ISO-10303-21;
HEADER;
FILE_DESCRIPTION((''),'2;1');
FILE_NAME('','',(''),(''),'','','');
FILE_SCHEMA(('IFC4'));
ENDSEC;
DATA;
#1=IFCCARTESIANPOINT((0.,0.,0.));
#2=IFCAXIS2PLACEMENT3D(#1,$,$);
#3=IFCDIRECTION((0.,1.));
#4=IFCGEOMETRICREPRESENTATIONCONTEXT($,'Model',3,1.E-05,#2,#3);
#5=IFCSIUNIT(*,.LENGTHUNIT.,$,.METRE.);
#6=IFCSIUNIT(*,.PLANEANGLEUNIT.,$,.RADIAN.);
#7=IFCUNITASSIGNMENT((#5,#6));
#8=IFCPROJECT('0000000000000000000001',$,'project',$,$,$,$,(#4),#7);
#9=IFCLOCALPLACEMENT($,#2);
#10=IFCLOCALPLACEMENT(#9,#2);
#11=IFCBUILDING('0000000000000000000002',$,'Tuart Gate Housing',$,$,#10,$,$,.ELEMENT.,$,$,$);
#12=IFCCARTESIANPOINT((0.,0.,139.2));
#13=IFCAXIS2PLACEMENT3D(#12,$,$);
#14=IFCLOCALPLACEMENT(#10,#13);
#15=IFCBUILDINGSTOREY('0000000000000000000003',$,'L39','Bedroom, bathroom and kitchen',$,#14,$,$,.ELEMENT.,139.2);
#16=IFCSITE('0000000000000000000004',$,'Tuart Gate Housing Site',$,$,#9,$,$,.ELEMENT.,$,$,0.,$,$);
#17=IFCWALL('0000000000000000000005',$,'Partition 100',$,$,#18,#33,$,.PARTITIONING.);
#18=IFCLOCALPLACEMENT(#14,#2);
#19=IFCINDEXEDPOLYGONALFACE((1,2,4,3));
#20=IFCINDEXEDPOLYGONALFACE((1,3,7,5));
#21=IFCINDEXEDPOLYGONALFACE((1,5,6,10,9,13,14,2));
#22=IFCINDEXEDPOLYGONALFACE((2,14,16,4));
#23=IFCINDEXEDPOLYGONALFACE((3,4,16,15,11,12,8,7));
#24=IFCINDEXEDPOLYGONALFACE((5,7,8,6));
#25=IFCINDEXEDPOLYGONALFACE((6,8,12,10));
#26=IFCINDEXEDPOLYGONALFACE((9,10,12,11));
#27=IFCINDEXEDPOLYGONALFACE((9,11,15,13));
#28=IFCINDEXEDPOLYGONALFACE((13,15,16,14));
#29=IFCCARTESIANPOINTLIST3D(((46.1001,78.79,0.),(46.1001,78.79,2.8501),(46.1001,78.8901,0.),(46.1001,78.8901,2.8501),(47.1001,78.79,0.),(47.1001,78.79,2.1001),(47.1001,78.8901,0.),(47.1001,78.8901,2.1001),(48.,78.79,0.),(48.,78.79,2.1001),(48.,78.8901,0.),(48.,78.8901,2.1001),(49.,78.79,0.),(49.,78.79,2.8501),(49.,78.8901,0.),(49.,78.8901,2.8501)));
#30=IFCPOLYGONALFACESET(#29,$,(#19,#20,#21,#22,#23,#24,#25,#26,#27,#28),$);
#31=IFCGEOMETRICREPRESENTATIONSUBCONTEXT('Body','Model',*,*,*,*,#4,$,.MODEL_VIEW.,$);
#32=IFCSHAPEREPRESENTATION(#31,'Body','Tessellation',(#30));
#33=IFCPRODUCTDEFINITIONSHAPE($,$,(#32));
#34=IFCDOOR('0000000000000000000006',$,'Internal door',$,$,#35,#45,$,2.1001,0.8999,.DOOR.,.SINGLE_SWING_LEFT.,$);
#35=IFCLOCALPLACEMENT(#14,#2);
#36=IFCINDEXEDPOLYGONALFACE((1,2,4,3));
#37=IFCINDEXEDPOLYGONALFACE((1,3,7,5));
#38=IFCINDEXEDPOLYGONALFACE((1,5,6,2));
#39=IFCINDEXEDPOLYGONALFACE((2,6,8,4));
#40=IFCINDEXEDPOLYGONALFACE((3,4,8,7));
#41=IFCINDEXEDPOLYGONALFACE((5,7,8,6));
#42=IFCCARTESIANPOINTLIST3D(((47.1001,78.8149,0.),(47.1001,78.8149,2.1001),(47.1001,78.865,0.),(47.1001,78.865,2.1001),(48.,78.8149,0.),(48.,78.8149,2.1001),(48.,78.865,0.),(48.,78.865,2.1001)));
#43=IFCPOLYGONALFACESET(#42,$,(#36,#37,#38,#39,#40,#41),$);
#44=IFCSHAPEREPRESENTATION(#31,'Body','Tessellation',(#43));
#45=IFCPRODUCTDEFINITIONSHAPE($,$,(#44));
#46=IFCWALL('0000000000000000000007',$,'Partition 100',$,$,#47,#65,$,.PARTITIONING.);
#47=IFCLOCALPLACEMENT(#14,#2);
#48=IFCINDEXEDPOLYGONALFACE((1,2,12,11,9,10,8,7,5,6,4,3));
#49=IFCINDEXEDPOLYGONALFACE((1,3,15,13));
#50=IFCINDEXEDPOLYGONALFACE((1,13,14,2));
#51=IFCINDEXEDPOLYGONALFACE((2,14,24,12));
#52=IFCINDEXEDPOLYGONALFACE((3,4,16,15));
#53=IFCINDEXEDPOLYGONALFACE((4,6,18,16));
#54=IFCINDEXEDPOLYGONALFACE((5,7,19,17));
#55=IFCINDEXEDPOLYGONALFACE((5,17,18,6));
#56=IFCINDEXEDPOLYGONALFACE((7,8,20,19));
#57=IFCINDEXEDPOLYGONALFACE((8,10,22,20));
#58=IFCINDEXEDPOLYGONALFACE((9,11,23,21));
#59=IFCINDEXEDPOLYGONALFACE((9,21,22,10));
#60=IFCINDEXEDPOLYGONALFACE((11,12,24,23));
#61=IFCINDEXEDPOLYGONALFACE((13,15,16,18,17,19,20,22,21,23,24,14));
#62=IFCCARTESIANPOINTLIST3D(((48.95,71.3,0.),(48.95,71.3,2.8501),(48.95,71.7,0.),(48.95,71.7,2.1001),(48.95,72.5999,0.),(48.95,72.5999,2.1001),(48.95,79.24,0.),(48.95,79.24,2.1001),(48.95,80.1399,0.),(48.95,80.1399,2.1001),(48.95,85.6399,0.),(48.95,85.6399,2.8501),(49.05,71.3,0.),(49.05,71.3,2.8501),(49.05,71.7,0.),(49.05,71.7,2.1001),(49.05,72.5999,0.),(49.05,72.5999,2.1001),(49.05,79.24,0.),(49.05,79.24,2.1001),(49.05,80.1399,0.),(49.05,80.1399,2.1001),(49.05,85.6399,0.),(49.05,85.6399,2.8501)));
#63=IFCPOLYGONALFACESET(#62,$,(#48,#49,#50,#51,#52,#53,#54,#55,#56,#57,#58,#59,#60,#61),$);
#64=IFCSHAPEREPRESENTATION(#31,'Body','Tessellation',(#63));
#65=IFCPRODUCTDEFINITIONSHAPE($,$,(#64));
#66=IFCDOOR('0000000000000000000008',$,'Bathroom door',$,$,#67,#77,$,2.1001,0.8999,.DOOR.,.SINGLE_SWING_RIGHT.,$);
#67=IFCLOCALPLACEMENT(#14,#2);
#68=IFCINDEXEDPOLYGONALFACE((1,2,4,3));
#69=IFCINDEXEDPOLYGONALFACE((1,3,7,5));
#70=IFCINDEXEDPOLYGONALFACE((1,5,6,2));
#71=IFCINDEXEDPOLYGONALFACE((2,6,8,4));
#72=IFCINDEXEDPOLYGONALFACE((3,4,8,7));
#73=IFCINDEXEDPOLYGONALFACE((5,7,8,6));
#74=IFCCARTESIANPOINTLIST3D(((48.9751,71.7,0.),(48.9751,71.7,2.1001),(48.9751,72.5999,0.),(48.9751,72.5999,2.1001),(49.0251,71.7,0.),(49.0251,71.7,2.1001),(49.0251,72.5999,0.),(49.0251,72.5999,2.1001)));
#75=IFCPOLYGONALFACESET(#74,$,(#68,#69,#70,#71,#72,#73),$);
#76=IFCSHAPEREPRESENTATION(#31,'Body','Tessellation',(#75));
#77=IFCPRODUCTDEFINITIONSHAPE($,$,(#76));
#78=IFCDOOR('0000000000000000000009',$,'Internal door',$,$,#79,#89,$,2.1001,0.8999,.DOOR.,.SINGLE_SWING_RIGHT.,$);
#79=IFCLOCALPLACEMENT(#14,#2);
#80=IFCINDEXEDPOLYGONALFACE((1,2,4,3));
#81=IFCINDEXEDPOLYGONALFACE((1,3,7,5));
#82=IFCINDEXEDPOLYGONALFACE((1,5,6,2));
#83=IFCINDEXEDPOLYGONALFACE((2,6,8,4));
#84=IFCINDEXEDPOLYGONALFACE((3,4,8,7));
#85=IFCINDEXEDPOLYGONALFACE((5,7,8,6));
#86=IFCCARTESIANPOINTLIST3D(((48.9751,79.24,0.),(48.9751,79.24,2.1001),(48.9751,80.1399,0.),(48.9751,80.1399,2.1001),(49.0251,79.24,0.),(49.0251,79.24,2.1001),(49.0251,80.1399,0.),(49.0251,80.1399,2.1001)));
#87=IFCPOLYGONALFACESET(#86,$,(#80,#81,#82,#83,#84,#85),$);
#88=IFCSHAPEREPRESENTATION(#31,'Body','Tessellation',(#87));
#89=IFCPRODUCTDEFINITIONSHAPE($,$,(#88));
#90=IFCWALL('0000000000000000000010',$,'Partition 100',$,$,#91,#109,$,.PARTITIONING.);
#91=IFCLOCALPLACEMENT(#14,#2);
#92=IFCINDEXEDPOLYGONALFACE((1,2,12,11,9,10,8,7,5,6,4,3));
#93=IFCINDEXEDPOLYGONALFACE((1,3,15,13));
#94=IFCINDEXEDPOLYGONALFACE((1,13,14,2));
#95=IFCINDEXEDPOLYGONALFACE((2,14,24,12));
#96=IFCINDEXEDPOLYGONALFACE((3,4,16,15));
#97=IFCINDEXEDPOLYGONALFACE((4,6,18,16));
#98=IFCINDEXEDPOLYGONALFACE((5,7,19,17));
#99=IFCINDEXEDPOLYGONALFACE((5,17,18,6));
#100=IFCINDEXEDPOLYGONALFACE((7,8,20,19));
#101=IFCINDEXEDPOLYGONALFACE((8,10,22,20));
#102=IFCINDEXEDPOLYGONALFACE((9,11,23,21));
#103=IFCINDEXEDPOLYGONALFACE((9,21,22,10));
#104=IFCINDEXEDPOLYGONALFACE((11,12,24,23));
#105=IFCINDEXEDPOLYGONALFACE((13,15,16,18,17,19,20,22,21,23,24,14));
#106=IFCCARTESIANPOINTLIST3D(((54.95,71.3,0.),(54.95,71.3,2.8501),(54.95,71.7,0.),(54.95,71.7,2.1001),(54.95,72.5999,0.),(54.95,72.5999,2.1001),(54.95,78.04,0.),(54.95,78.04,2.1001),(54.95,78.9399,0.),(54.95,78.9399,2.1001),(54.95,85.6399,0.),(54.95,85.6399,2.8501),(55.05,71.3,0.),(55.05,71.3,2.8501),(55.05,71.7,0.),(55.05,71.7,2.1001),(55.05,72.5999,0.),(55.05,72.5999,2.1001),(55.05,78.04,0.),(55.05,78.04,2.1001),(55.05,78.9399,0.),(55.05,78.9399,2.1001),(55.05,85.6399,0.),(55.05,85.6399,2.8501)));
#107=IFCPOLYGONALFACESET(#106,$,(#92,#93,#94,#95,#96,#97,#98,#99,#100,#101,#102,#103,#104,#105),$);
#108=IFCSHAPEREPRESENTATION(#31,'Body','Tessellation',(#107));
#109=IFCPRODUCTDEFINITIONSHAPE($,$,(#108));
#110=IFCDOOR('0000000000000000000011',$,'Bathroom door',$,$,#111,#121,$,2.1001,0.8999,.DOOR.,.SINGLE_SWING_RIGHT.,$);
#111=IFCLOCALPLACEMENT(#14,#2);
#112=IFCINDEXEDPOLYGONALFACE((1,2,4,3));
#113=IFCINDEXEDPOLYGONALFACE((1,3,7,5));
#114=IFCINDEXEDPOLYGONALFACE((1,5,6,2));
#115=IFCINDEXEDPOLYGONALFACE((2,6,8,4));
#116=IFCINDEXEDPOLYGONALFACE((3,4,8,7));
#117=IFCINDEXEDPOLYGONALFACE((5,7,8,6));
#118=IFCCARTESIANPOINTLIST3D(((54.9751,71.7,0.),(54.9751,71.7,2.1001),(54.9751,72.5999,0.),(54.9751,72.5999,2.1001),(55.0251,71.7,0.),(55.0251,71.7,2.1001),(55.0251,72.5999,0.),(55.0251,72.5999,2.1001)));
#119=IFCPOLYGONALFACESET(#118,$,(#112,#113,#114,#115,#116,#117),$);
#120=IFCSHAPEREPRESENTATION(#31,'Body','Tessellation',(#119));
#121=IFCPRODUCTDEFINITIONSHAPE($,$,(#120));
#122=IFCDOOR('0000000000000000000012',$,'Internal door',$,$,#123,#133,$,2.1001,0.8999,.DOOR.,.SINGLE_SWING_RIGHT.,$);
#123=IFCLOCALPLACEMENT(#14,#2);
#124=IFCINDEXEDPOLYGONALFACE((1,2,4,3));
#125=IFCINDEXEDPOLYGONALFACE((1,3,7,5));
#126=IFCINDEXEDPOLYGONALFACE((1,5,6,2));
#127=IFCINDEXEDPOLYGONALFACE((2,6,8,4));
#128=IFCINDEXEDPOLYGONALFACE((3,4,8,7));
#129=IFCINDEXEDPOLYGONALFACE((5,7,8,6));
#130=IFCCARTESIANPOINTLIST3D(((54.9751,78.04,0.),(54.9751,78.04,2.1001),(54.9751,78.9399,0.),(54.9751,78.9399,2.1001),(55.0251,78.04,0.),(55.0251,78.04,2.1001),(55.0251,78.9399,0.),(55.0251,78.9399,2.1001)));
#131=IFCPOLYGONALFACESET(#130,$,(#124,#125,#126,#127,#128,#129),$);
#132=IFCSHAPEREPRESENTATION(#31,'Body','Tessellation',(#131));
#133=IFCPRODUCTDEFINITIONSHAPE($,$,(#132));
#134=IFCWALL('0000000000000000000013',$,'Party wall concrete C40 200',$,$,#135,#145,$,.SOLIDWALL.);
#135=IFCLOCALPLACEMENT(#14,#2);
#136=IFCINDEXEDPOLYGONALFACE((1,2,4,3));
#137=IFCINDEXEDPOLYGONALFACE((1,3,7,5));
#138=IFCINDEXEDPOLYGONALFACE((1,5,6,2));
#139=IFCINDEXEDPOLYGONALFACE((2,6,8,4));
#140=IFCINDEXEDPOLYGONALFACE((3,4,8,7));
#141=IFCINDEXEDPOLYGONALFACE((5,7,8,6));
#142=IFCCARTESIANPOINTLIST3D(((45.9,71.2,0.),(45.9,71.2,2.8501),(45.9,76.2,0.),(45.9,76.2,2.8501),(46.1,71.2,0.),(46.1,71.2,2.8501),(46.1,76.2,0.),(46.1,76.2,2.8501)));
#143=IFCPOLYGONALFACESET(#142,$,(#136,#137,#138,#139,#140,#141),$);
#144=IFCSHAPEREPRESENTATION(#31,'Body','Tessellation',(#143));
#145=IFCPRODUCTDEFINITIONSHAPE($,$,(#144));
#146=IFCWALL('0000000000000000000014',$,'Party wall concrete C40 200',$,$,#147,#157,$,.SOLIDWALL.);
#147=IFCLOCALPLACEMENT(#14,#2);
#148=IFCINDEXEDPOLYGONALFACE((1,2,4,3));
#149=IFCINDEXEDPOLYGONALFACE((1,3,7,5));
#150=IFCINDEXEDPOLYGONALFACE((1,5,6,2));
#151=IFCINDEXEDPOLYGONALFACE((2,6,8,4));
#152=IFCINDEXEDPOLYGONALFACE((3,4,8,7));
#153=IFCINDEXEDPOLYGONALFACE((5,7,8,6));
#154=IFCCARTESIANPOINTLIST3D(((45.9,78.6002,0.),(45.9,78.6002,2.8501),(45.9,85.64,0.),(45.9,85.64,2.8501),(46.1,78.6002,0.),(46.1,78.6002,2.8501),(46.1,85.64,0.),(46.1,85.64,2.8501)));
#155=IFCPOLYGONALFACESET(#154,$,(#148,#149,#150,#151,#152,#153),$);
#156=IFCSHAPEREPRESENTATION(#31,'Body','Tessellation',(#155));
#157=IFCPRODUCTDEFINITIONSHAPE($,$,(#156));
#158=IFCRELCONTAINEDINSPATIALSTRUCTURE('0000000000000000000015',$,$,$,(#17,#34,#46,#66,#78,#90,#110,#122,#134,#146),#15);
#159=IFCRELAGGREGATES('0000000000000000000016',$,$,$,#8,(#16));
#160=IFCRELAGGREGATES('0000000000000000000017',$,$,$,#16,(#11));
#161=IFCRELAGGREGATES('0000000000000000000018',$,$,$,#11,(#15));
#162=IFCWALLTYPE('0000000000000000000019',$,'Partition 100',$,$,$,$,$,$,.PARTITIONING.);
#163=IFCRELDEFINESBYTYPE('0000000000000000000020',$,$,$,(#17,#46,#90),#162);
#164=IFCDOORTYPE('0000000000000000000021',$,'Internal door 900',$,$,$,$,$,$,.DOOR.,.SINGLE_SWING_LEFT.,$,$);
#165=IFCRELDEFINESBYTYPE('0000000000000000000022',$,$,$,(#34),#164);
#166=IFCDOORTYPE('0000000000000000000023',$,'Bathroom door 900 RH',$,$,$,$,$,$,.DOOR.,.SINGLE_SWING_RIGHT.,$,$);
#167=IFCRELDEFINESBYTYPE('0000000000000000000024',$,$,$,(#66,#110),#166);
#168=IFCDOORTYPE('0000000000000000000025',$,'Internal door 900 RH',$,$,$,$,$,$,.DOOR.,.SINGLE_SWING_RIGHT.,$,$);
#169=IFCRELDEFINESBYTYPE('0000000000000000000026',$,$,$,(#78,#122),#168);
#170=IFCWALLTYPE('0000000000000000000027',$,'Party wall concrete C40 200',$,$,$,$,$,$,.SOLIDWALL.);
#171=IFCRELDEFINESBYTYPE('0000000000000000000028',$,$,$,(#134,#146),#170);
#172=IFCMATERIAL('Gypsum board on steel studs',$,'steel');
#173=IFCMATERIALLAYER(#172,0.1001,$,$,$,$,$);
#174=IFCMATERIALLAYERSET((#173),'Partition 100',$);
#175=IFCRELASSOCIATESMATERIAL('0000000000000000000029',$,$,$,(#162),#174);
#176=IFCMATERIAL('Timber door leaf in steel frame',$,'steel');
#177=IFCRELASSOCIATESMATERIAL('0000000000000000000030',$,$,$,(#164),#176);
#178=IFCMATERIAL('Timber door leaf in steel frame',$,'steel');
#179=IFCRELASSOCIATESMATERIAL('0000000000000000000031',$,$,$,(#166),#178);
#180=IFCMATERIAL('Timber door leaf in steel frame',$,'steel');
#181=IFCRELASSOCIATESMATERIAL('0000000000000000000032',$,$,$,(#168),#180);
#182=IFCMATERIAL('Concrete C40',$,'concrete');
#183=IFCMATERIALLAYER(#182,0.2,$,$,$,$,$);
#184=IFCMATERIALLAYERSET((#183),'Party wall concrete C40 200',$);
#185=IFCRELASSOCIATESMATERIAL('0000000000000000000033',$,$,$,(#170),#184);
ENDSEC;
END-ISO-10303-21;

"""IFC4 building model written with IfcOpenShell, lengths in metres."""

from ifc_helpers import new_model, si_unit, direction, frame, frame_2d, origin, place, context, subcontext, project, spatial, rectangle, extrude, material, layer, layer_set, type_object, element, fill, save


model = new_model("IFC4")

# Units and contexts
model_context = context("Model", 3, precision=1e-05, world=origin(), true_north=direction((0.0, 1.0)))
body_context = subcontext(model_context, "Body", "Model", "MODEL_VIEW")
ifc_project = project(units=[si_unit("LENGTHUNIT", "METRE"), si_unit("PLANEANGLEUNIT", "RADIAN")], contexts=[model_context])

# Site, building, storey
site_placement = place(None, origin())
site = spatial("IfcSite", under=ifc_project, at=site_placement, Name="Tuart Gate Housing Site", CompositionType="ELEMENT", RefElevation=0.0)
building_placement = place(site_placement, origin())
building = spatial("IfcBuilding", under=site, at=building_placement, Name="Tuart Gate Housing", CompositionType="ELEMENT")
storey_placement = place(building_placement, frame((0.0, 0.0, 139.2)))
storey = spatial("IfcBuildingStorey", under=building, at=storey_placement, Name="L39", Description="Bedroom, bathroom and kitchen", CompositionType="ELEMENT", Elevation=139.2)

# Shared definitions
ifc_material_1 = material(Name="Gypsum board on steel studs", Category="steel")
ifc_layer_1 = layer(ifc_material_1, 0.1001)
ifc_layer_set_1 = layer_set([ifc_layer_1], Name="Partition 100")
wall_type_1 = type_object("IfcWallType", Name="Partition 100", PredefinedType="PARTITIONING", material=ifc_layer_set_1)

# Wall, opening, door
ifc_material_2 = material(Name="Timber door leaf in steel frame", Category="steel")
door_type_1 = type_object("IfcDoorType", Name="Internal door 900", OperationType="SINGLE_SWING_LEFT", PredefinedType="DOOR", material=ifc_material_2)
wall_1_placement = place(storey_placement, frame((46.1001, 78.8401, 0.0), z_axis=(0.0, 0.0, 1.0), x_axis=(1.0, 0.0, 0.0)))
wall_1 = element("IfcWall", 1, at=wall_1_placement, inside=storey, type_object=wall_type_1, Name="Partition 100", PredefinedType="PARTITIONING", context=body_context, shape_type="SweptSolid", body=[
    extrude(rectangle(XDim=2.8999, YDim=0.1001, at=frame_2d((1.45, 0.0))), origin(), (0.0, 0.0, 1.0), 2.8501),
])
opening_1_placement = place(wall_1_placement, frame((1.0, 0.0, 0.0)))
opening_1 = element("IfcOpeningElement", 2, at=opening_1_placement, cuts=wall_1, PredefinedType="OPENING", context=body_context, shape_type="SweptSolid", body=[
    extrude(rectangle(XDim=0.8999, YDim=2.1001, at=frame_2d((0.45, 1.05))), frame((0.0, 0.0601, 0.0), z_axis=(0.0, -1.0, 0.0), x_axis=(1.0, 0.0, 0.0)), (0.0, 0.0, 1.0), 0.1201),
])
door_1_placement = place(opening_1_placement, frame((0.8999, 0.0, 0.0), z_axis=(0.0, 0.0, 1.0), x_axis=(-1.0, 0.0, 0.0)))
door_1 = element("IfcDoor", 3, at=door_1_placement, inside=storey, type_object=door_type_1, Name="Internal door", OperationType="SINGLE_SWING_LEFT", OverallHeight=2.1001, OverallWidth=0.8999, PredefinedType="DOOR", context=body_context, shape_type="SweptSolid", body=[
    extrude(rectangle(XDim=0.8999, YDim=2.1001, at=frame_2d((0.45, 1.05))), frame((0.0, 0.0251, 0.0), z_axis=(0.0, -1.0, 0.0), x_axis=(1.0, 0.0, 0.0)), (0.0, 0.0, 1.0), 0.05),
])
fill(opening_1, door_1)

# Walls, openings, doors
wall_2_placement = place(storey_placement, frame((49.0, 71.3, 0.0), z_axis=(0.0, 0.0, 1.0), x_axis=(0.0, 1.0, 0.0)))
wall_2 = element("IfcWall", 4, at=wall_2_placement, inside=storey, type_object=wall_type_1, Name="Partition 100", PredefinedType="PARTITIONING", context=body_context, shape_type="SweptSolid", body=[
    extrude(rectangle(XDim=14.3398, YDim=0.1001, at=frame_2d((7.1699, 0.0))), origin(), (0.0, 0.0, 1.0), 2.8501),
])
opening_2_placement = place(wall_2_placement, frame((7.9399, 0.0, 0.0)))
opening_2 = element("IfcOpeningElement", 5, at=opening_2_placement, cuts=wall_2, PredefinedType="OPENING", context=body_context, shape_type="SweptSolid", body=[
    extrude(rectangle(XDim=0.8999, YDim=2.1001, at=frame_2d((0.45, 1.05))), frame((0.0, 0.0601, 0.0), z_axis=(0.0, -1.0, 0.0), x_axis=(1.0, 0.0, 0.0)), (0.0, 0.0, 1.0), 0.1201),
])
opening_3_placement = place(wall_2_placement, frame((0.3999, 0.0, 0.0)))
opening_3 = element("IfcOpeningElement", 6, at=opening_3_placement, cuts=wall_2, PredefinedType="OPENING", context=body_context, shape_type="SweptSolid", body=[
    extrude(rectangle(XDim=0.8999, YDim=2.1001, at=frame_2d((0.45, 1.05))), frame((0.0, 0.0601, 0.0), z_axis=(0.0, -1.0, 0.0), x_axis=(1.0, 0.0, 0.0)), (0.0, 0.0, 1.0), 0.1201),
])
ifc_material_3 = material(Name="Timber door leaf in steel frame", Category="steel")
door_type_2 = type_object("IfcDoorType", Name="Bathroom door 900 RH", OperationType="SINGLE_SWING_RIGHT", PredefinedType="DOOR", material=ifc_material_3)
door_2_placement = place(opening_3_placement, frame((0.8999, 0.0, 0.0), z_axis=(0.0, 0.0, 1.0), x_axis=(-1.0, 0.0, 0.0)))
door_2 = element("IfcDoor", 7, at=door_2_placement, inside=storey, type_object=door_type_2, Name="Bathroom door", OperationType="SINGLE_SWING_RIGHT", OverallHeight=2.1001, OverallWidth=0.8999, PredefinedType="DOOR", context=body_context, shape_type="SweptSolid", body=[
    extrude(rectangle(XDim=0.8999, YDim=2.1001, at=frame_2d((0.45, 1.05))), frame((0.0, 0.0251, 0.0), z_axis=(0.0, -1.0, 0.0), x_axis=(1.0, 0.0, 0.0)), (0.0, 0.0, 1.0), 0.05),
])
fill(opening_3, door_2)
ifc_material_4 = material(Name="Timber door leaf in steel frame", Category="steel")
door_type_3 = type_object("IfcDoorType", Name="Internal door 900 RH", OperationType="SINGLE_SWING_RIGHT", PredefinedType="DOOR", material=ifc_material_4)
door_3_placement = place(opening_2_placement, frame((0.8999, 0.0, 0.0), z_axis=(0.0, 0.0, 1.0), x_axis=(-1.0, 0.0, 0.0)))
door_3 = element("IfcDoor", 8, at=door_3_placement, inside=storey, type_object=door_type_3, Name="Internal door", OperationType="SINGLE_SWING_RIGHT", OverallHeight=2.1001, OverallWidth=0.8999, PredefinedType="DOOR", context=body_context, shape_type="SweptSolid", body=[
    extrude(rectangle(XDim=0.8999, YDim=2.1001, at=frame_2d((0.45, 1.05))), frame((0.0, 0.0251, 0.0), z_axis=(0.0, -1.0, 0.0), x_axis=(1.0, 0.0, 0.0)), (0.0, 0.0, 1.0), 0.05),
])
fill(opening_2, door_3)
wall_3_placement = place(storey_placement, frame((55.0, 71.3, 0.0), z_axis=(0.0, 0.0, 1.0), x_axis=(0.0, 1.0, 0.0)))
wall_3 = element("IfcWall", 9, at=wall_3_placement, inside=storey, type_object=wall_type_1, Name="Partition 100", PredefinedType="PARTITIONING", context=body_context, shape_type="SweptSolid", body=[
    extrude(rectangle(XDim=14.3398, YDim=0.1001, at=frame_2d((7.1699, 0.0))), origin(), (0.0, 0.0, 1.0), 2.8501),
])
opening_4_placement = place(wall_3_placement, frame((6.74, 0.0, 0.0)))
opening_4 = element("IfcOpeningElement", 10, at=opening_4_placement, cuts=wall_3, PredefinedType="OPENING", context=body_context, shape_type="SweptSolid", body=[
    extrude(rectangle(XDim=0.8999, YDim=2.1001, at=frame_2d((0.45, 1.05))), frame((0.0, 0.0601, 0.0), z_axis=(0.0, -1.0, 0.0), x_axis=(1.0, 0.0, 0.0)), (0.0, 0.0, 1.0), 0.1201),
])
opening_5_placement = place(wall_3_placement, frame((0.3999, 0.0, 0.0)))
opening_5 = element("IfcOpeningElement", 11, at=opening_5_placement, cuts=wall_3, PredefinedType="OPENING", context=body_context, shape_type="SweptSolid", body=[
    extrude(rectangle(XDim=0.8999, YDim=2.1001, at=frame_2d((0.45, 1.05))), frame((0.0, 0.0601, 0.0), z_axis=(0.0, -1.0, 0.0), x_axis=(1.0, 0.0, 0.0)), (0.0, 0.0, 1.0), 0.1201),
])
door_4_placement = place(opening_5_placement, frame((0.8999, 0.0, 0.0), z_axis=(0.0, 0.0, 1.0), x_axis=(-1.0, 0.0, 0.0)))
door_4 = element("IfcDoor", 12, at=door_4_placement, inside=storey, type_object=door_type_2, Name="Bathroom door", OperationType="SINGLE_SWING_RIGHT", OverallHeight=2.1001, OverallWidth=0.8999, PredefinedType="DOOR", context=body_context, shape_type="SweptSolid", body=[
    extrude(rectangle(XDim=0.8999, YDim=2.1001, at=frame_2d((0.45, 1.05))), frame((0.0, 0.0251, 0.0), z_axis=(0.0, -1.0, 0.0), x_axis=(1.0, 0.0, 0.0)), (0.0, 0.0, 1.0), 0.05),
])
fill(opening_5, door_4)
door_5_placement = place(opening_4_placement, frame((0.8999, 0.0, 0.0), z_axis=(0.0, 0.0, 1.0), x_axis=(-1.0, 0.0, 0.0)))
door_5 = element("IfcDoor", 13, at=door_5_placement, inside=storey, type_object=door_type_3, Name="Internal door", OperationType="SINGLE_SWING_RIGHT", OverallHeight=2.1001, OverallWidth=0.8999, PredefinedType="DOOR", context=body_context, shape_type="SweptSolid", body=[
    extrude(rectangle(XDim=0.8999, YDim=2.1001, at=frame_2d((0.45, 1.05))), frame((0.0, 0.0251, 0.0), z_axis=(0.0, -1.0, 0.0), x_axis=(1.0, 0.0, 0.0)), (0.0, 0.0, 1.0), 0.05),
])
fill(opening_4, door_5)

# Walls
ifc_material_5 = material(Name="Concrete C40", Category="concrete")
ifc_layer_2 = layer(ifc_material_5, 0.2)
ifc_layer_set_2 = layer_set([ifc_layer_2], Name="Party wall concrete C40 200")
wall_type_2 = type_object("IfcWallType", Name="Party wall concrete C40 200", PredefinedType="SOLIDWALL", material=ifc_layer_set_2)
wall_4_placement = place(storey_placement, frame((46.0, 71.2, 0.0), z_axis=(0.0, 0.0, 1.0), x_axis=(0.0, 1.0, 0.0)))
element("IfcWall", 14, at=wall_4_placement, inside=storey, type_object=wall_type_2, Name="Party wall concrete C40 200", PredefinedType="SOLIDWALL", context=body_context, shape_type="SweptSolid", body=[
    extrude(rectangle(XDim=5.0, YDim=0.2, at=frame_2d((2.5, 0.0))), origin(), (0.0, 0.0, 1.0), 2.8501),
])
wall_5_placement = place(storey_placement, frame((46.0, 78.6001, 0.0), z_axis=(0.0, 0.0, 1.0), x_axis=(0.0, 1.0, 0.0)))
element("IfcWall", 15, at=wall_5_placement, inside=storey, type_object=wall_type_2, Name="Party wall concrete C40 200", PredefinedType="SOLIDWALL", context=body_context, shape_type="SweptSolid", body=[
    extrude(rectangle(XDim=7.0398, YDim=0.2, at=frame_2d((3.52, 0.0))), origin(), (0.0, 0.0, 1.0), 2.8501),
])

save(model, "model.ifc")
